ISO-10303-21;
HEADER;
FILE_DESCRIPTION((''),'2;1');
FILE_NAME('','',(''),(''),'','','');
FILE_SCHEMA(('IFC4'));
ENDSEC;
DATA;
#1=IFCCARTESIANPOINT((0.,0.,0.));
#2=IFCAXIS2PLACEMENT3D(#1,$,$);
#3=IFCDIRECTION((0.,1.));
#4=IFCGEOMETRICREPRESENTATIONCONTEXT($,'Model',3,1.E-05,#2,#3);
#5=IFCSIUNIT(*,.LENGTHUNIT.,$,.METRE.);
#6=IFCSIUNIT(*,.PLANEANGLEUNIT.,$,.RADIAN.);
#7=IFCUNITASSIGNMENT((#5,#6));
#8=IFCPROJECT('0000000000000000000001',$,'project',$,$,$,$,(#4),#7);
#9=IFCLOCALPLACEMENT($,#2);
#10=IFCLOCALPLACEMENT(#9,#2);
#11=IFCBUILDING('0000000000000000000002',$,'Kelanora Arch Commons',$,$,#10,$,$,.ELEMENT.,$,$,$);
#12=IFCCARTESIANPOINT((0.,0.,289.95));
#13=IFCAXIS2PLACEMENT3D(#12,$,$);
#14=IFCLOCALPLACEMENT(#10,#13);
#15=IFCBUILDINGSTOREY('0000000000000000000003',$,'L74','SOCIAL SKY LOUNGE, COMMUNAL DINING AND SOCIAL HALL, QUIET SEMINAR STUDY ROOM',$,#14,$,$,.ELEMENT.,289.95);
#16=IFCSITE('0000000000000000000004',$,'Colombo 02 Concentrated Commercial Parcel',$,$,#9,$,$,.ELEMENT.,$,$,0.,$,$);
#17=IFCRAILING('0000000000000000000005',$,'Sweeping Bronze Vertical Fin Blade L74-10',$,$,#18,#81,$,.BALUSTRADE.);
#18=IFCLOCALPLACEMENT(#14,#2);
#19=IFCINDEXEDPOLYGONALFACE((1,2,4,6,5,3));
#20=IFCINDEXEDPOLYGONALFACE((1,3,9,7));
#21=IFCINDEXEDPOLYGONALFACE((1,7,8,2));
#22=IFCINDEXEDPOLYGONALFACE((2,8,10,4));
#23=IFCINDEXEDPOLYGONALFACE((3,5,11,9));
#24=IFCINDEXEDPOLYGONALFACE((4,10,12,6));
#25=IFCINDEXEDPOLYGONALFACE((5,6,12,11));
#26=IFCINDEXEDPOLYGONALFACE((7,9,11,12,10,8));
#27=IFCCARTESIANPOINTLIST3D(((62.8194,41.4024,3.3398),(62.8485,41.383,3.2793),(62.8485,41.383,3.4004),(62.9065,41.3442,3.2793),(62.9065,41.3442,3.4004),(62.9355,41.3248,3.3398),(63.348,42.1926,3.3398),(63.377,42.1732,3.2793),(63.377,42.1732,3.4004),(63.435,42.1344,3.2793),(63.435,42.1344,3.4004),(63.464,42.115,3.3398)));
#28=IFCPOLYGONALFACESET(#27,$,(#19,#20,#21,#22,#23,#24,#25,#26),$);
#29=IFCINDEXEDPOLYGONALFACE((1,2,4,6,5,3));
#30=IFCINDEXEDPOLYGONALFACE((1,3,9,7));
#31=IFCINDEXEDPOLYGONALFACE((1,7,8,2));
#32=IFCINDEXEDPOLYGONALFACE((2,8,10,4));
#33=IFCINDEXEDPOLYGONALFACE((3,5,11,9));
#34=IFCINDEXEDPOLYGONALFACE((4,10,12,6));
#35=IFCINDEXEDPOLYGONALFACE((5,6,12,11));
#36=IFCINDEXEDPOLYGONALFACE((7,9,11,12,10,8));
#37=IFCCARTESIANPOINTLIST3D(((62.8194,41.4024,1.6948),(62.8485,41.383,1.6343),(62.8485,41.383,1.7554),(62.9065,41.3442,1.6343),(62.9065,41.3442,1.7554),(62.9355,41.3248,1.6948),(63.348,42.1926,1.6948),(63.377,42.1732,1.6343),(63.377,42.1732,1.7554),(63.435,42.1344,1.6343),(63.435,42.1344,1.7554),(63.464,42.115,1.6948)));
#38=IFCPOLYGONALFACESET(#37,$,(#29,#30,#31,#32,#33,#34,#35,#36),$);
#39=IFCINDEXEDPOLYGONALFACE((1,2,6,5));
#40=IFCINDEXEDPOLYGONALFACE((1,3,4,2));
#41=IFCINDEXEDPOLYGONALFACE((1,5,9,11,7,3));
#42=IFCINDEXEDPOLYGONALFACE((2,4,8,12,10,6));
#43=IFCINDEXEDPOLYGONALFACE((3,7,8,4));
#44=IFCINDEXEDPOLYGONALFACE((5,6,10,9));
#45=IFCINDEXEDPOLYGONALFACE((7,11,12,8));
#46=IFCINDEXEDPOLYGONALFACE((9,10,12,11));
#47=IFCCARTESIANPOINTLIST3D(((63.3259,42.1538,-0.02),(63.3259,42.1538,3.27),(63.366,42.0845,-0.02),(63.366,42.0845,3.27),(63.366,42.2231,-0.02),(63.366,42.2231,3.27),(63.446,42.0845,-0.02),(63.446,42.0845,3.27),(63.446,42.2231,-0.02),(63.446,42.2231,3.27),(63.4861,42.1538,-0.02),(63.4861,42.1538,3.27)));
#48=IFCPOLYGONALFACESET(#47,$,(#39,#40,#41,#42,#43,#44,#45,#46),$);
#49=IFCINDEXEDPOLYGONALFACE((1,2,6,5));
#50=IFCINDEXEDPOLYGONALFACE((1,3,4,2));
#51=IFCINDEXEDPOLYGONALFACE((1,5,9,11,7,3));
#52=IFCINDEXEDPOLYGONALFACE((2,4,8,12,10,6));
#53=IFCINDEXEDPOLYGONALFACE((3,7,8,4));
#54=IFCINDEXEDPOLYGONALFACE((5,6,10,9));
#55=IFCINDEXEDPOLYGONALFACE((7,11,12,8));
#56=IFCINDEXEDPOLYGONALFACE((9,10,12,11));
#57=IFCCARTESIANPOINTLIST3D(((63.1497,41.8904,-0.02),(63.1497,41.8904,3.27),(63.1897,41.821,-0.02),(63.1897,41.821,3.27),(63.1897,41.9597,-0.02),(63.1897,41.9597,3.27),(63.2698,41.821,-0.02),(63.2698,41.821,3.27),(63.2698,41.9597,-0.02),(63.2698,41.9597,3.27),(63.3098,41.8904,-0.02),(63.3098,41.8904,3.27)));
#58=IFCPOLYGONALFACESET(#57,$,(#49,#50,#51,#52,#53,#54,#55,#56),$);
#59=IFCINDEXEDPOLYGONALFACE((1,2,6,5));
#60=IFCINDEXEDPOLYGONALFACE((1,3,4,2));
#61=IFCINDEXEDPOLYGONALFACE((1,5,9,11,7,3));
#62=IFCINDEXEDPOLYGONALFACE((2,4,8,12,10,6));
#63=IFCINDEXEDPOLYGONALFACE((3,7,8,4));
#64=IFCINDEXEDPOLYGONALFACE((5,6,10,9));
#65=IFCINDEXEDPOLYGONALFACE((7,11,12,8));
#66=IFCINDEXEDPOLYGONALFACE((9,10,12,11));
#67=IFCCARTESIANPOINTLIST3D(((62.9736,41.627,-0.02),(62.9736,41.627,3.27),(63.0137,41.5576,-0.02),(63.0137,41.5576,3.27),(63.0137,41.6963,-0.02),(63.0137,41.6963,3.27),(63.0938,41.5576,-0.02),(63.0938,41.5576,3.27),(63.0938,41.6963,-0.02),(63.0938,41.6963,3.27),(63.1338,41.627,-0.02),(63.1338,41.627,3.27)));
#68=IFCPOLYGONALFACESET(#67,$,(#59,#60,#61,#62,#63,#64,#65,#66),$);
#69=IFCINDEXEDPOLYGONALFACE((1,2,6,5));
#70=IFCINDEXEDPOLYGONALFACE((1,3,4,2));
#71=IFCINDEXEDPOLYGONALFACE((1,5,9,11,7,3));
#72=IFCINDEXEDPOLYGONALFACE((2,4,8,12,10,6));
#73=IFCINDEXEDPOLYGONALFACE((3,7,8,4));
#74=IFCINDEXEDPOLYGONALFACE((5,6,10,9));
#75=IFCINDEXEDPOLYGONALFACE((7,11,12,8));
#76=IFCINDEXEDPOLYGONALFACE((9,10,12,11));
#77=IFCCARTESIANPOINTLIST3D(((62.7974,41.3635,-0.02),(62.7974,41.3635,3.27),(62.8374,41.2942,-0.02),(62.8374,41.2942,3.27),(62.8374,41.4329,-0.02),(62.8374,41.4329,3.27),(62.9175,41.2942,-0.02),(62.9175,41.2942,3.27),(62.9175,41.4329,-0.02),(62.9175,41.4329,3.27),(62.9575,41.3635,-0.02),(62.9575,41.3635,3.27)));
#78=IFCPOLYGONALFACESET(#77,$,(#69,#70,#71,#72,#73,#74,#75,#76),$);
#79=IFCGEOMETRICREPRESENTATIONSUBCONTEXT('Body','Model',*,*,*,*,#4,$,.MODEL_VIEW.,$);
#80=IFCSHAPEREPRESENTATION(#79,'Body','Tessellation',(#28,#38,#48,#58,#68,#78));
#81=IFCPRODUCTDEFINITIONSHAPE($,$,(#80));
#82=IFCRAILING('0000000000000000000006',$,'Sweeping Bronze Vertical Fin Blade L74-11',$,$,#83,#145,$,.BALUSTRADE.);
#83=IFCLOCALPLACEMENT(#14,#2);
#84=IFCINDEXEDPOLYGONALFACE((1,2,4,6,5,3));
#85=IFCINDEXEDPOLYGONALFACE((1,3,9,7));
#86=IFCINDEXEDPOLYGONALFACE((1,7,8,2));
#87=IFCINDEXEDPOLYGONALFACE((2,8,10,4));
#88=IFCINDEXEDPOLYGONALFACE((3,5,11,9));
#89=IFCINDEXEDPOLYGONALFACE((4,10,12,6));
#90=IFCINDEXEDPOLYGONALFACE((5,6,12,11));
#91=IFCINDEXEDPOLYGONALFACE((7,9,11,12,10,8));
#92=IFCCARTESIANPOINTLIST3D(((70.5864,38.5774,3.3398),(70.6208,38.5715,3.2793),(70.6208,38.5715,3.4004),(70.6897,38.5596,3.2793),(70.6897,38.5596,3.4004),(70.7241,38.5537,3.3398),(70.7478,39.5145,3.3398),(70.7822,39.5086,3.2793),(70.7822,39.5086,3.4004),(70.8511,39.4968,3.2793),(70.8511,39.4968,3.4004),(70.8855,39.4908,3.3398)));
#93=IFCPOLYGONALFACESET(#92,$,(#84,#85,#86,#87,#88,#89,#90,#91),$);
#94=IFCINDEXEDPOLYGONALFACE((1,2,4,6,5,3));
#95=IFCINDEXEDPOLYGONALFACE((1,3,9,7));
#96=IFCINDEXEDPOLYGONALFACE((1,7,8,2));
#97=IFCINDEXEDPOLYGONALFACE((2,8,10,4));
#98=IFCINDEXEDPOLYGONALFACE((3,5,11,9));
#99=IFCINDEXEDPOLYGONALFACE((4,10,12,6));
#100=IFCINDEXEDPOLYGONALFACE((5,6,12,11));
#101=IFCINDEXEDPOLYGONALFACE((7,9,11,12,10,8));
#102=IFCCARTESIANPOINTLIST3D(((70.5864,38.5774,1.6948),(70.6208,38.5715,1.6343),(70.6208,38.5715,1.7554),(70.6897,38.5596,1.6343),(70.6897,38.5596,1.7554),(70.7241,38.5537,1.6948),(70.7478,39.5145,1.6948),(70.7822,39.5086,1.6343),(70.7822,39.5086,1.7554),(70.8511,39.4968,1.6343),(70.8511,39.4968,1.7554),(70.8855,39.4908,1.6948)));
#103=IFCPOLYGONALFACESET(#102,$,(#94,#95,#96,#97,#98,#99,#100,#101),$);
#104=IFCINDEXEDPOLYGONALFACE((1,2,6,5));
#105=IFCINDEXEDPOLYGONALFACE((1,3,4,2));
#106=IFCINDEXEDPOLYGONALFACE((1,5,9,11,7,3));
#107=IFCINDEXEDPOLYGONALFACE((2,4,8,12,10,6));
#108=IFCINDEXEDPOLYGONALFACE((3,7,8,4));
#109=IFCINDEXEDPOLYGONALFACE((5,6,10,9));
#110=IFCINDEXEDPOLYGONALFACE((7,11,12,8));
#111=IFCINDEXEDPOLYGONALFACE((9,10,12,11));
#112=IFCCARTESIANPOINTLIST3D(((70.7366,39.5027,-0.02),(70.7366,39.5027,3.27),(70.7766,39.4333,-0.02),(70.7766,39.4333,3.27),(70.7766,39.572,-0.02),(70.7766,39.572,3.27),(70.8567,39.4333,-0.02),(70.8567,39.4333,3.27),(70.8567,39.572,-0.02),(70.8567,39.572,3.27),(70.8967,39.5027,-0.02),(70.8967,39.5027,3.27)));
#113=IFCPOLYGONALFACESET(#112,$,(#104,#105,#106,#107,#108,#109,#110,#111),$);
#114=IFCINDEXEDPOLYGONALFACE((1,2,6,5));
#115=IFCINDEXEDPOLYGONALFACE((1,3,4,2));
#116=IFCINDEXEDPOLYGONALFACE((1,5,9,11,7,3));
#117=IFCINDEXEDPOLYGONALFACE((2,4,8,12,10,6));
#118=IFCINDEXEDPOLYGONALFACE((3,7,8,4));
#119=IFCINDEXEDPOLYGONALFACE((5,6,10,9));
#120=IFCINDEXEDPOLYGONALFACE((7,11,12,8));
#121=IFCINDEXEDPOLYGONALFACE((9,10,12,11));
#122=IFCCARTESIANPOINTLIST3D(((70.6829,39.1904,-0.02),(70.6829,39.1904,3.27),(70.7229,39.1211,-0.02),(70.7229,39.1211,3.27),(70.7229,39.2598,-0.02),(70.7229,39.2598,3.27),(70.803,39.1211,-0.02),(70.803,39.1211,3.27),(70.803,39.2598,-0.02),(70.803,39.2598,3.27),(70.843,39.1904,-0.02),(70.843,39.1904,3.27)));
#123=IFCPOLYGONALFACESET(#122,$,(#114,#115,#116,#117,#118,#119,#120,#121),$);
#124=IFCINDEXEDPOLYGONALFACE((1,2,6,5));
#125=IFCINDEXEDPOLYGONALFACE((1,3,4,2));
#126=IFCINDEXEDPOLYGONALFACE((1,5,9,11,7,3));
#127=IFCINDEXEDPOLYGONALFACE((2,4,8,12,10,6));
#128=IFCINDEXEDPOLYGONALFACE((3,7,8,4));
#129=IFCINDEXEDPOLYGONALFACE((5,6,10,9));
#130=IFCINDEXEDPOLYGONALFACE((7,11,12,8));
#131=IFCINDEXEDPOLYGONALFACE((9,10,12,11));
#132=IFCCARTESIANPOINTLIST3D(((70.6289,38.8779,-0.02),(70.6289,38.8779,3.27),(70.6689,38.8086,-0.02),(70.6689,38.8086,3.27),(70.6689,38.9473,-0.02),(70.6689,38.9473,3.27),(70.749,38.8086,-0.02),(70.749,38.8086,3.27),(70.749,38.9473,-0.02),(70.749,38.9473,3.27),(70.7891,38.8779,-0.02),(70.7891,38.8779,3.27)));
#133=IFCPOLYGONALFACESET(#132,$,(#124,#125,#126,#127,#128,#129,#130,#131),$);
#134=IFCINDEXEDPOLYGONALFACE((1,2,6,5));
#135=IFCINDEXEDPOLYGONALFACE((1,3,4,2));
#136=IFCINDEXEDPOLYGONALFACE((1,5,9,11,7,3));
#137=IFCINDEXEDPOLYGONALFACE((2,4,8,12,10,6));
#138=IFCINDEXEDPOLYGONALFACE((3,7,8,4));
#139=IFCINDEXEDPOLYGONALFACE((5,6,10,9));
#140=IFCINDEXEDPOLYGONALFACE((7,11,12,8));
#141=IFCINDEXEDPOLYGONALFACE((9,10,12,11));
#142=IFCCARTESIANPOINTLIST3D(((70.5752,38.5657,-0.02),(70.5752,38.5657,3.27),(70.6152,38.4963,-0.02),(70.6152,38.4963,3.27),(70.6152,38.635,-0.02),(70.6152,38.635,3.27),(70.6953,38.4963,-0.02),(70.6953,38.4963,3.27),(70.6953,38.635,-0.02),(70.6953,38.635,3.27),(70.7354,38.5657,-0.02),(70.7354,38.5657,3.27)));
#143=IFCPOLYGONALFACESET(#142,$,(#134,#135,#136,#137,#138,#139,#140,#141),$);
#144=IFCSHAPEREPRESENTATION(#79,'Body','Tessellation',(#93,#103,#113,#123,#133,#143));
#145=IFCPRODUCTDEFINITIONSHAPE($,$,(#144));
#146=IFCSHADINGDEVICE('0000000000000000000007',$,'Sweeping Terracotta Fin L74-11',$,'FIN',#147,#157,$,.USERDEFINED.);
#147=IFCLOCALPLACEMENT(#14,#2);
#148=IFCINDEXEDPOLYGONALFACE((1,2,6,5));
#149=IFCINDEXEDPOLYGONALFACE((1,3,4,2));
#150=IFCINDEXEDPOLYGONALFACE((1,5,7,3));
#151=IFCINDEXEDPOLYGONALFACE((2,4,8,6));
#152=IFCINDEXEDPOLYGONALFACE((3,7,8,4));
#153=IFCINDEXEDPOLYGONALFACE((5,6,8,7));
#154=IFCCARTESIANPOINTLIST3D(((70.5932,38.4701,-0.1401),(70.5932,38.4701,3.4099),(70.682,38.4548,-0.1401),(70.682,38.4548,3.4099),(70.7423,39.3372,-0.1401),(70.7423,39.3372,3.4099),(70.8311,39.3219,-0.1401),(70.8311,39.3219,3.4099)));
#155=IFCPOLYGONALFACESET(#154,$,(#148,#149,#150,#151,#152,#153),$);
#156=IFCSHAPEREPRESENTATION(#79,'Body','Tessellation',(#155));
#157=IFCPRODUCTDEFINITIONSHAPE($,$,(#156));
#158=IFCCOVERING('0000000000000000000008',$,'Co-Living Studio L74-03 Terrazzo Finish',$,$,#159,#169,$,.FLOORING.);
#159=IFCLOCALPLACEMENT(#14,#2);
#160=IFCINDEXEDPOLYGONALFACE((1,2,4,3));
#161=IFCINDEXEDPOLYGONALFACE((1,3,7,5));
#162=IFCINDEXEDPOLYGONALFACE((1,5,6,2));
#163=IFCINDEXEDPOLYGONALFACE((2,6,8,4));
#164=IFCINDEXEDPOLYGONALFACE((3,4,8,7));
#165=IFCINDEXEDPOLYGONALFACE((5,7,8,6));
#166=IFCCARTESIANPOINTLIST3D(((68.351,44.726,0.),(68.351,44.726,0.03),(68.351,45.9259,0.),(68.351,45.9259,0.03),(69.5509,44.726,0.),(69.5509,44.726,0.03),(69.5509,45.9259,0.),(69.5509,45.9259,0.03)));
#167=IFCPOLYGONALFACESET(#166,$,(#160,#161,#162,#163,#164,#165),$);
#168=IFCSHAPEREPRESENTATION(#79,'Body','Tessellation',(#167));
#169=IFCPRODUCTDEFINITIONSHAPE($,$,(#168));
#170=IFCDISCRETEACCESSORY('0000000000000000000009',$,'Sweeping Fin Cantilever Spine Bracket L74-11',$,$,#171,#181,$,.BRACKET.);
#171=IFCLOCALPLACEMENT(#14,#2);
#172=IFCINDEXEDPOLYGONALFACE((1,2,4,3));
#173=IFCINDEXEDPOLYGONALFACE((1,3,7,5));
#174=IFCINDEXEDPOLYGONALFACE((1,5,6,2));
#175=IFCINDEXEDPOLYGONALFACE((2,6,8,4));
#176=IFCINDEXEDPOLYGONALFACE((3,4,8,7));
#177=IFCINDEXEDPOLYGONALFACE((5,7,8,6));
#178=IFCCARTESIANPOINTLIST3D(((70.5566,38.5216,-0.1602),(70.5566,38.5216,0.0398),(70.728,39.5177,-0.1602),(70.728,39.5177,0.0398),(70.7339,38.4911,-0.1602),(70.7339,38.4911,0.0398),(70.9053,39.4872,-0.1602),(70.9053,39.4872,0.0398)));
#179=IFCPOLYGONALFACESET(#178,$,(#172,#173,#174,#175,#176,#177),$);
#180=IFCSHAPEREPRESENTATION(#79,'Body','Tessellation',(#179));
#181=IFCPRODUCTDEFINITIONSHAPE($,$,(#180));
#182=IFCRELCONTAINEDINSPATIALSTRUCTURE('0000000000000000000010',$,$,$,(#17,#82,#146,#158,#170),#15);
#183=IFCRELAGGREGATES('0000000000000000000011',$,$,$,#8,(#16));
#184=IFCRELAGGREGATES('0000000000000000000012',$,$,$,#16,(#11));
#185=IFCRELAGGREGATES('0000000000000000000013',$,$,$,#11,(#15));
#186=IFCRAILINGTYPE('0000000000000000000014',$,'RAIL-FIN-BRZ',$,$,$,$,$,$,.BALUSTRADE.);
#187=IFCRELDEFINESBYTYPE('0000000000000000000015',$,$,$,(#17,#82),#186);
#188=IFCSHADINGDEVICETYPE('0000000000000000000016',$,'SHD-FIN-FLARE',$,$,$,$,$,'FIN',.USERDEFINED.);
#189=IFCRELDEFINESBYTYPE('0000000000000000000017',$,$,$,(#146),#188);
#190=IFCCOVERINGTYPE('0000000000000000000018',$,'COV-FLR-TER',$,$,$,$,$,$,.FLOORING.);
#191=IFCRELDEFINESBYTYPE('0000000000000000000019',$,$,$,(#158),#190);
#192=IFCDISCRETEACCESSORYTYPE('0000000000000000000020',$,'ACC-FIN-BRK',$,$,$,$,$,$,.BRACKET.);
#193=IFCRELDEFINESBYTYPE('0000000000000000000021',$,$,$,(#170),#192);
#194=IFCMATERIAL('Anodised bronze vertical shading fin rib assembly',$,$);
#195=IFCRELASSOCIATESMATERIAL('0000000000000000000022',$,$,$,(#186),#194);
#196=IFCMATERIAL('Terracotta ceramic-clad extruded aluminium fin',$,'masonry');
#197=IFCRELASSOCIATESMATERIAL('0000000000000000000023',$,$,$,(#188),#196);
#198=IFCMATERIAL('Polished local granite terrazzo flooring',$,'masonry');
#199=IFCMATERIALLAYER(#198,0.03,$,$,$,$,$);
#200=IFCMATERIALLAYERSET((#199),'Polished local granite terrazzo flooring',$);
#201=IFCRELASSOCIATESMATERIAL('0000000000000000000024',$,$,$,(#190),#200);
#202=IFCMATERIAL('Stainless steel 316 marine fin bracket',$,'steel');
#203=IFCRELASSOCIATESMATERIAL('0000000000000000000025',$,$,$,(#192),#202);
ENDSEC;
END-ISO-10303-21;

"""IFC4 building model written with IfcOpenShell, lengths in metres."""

from ifc_helpers import new_model, si_unit, direction, frame, origin, origin_2d, place, context, subcontext, project, spatial, polyline, rectangle, outline, extrude, source, transform, mapped, material, layer, layer_set, type_object, element, save


model = new_model("IFC4")

# Units and contexts
model_context = context("Model", 3, precision=1e-05, world=origin(), true_north=direction((0.0, 1.0)))
body_context = subcontext(model_context, "Body", "Model", "MODEL_VIEW")
ifc_project = project(units=[si_unit("LENGTHUNIT", "METRE"), si_unit("PLANEANGLEUNIT", "RADIAN")], contexts=[model_context])

# Site, building, storey
site_placement = place(None, origin())
site = spatial("IfcSite", under=ifc_project, at=site_placement, Name="Colombo 02 Concentrated Commercial Parcel", CompositionType="ELEMENT", RefElevation=0.0)
building_placement = place(site_placement, origin())
building = spatial("IfcBuilding", under=site, at=building_placement, Name="Kelanora Arch Commons", CompositionType="ELEMENT")
storey_placement = place(building_placement, frame((0.0, 0.0, 289.95)))
storey = spatial("IfcBuildingStorey", under=building, at=storey_placement, Name="L74", Description="SOCIAL SKY LOUNGE, COMMUNAL DINING AND SOCIAL HALL, QUIET SEMINAR STUDY ROOM", CompositionType="ELEMENT", Elevation=289.95)

# Railings
ifc_material_1 = material(Name="Anodised bronze vertical shading fin rib assembly")
railing_type = type_object("IfcRailingType", Name="RAIL-FIN-BRZ", PredefinedType="BALUSTRADE", material=ifc_material_1)
railing_1_placement = place(storey_placement, frame((63.406, 42.1538, -0.02)))
element("IfcRailing", 1, at=railing_1_placement, inside=storey, type_object=railing_type, Name="Sweeping Bronze Vertical Fin Blade L74-10", PredefinedType="BALUSTRADE", context=body_context, shape_type="SweptSolid", body=[
    extrude(outline(polyline([(0.0698, 0.0), (0.0349, 0.0605), (-0.0349, 0.0605), (-0.0698, 0.0), (-0.0349, -0.0605), (0.0349, -0.0605), (0.0698, 0.0)])), frame((0.0, 0.0, 3.3599), z_axis=(-0.555944, -0.83122, 0.0), x_axis=(0.83122, -0.555944, 0.0)), (0.0, 0.0, 1.0), 0.9507),
    extrude(outline(polyline([(0.0698, 0.0), (0.0349, 0.0605), (-0.0349, 0.0605), (-0.0698, 0.0), (-0.0349, -0.0605), (0.0349, -0.0605), (0.0698, 0.0)])), frame((0.0, 0.0, 1.7148), z_axis=(-0.555944, -0.83122, 0.0), x_axis=(0.83122, -0.555944, 0.0)), (0.0, 0.0, 1.0), 0.9507),
    extrude(outline(polyline([(0.0801, 0.0), (0.04, 0.0693), (-0.04, 0.0693), (-0.0801, 0.0), (-0.04, -0.0693), (0.04, -0.0693), (0.0801, 0.0)])), origin(), (0.0, 0.0, 1.0), 3.29),
    extrude(outline(polyline([(0.0801, 0.0), (0.04, 0.0693), (-0.04, 0.0693), (-0.0801, 0.0), (-0.04, -0.0693), (0.04, -0.0693), (0.0801, 0.0)])), frame((-0.1763, -0.2634, 0.0)), (0.0, 0.0, 1.0), 3.29),
    extrude(outline(polyline([(0.0801, 0.0), (0.04, 0.0693), (-0.04, 0.0693), (-0.0801, 0.0), (-0.04, -0.0693), (0.04, -0.0693), (0.0801, 0.0)])), frame((-0.3523, -0.5269, 0.0)), (0.0, 0.0, 1.0), 3.29),
    extrude(outline(polyline([(0.0801, 0.0), (0.04, 0.0693), (-0.04, 0.0693), (-0.0801, 0.0), (-0.04, -0.0693), (0.04, -0.0693), (0.0801, 0.0)])), frame((-0.5286, -0.7903, 0.0)), (0.0, 0.0, 1.0), 3.29),
])
railing_2_placement = place(storey_placement, frame((70.8167, 39.5027, -0.02)))
element("IfcRailing", 2, at=railing_2_placement, inside=storey, type_object=railing_type, Name="Sweeping Bronze Vertical Fin Blade L74-11", PredefinedType="BALUSTRADE", context=body_context, shape_type="SweptSolid", body=[
    extrude(outline(polyline([(0.0698, 0.0), (0.0349, 0.0605), (-0.0349, 0.0605), (-0.0698, 0.0), (-0.0349, -0.0605), (0.0349, -0.0605), (0.0698, 0.0)])), frame((0.0, 0.0, 3.3599), z_axis=(-0.169726, -0.985491, 0.0), x_axis=(0.985491, -0.169726, 0.0)), (0.0, 0.0, 1.0), 0.9509),
    extrude(outline(polyline([(0.0698, 0.0), (0.0349, 0.0605), (-0.0349, 0.0605), (-0.0698, 0.0), (-0.0349, -0.0605), (0.0349, -0.0605), (0.0698, 0.0)])), frame((0.0, 0.0, 1.7148), z_axis=(-0.169726, -0.985491, 0.0), x_axis=(0.985491, -0.169726, 0.0)), (0.0, 0.0, 1.0), 0.9509),
    extrude(outline(polyline([(0.0801, 0.0), (0.04, 0.0693), (-0.04, 0.0693), (-0.0801, 0.0), (-0.04, -0.0693), (0.04, -0.0693), (0.0801, 0.0)])), origin(), (0.0, 0.0, 1.0), 3.29),
    extrude(outline(polyline([(0.0801, 0.0), (0.04, 0.0693), (-0.04, 0.0693), (-0.0801, 0.0), (-0.04, -0.0693), (0.04, -0.0693), (0.0801, 0.0)])), frame((-0.0537, -0.3123, 0.0)), (0.0, 0.0, 1.0), 3.29),
    extrude(outline(polyline([(0.0801, 0.0), (0.04, 0.0693), (-0.04, 0.0693), (-0.0801, 0.0), (-0.04, -0.0693), (0.04, -0.0693), (0.0801, 0.0)])), frame((-0.1077, -0.6248, 0.0)), (0.0, 0.0, 1.0), 3.29),
    extrude(outline(polyline([(0.0801, 0.0), (0.04, 0.0693), (-0.04, 0.0693), (-0.0801, 0.0), (-0.04, -0.0693), (0.04, -0.0693), (0.0801, 0.0)])), frame((-0.1614, -0.937, 0.0)), (0.0, 0.0, 1.0), 3.29),
])

# Shading device
ifc_material_2 = material(Name="Terracotta ceramic-clad extruded aluminium fin", Category="masonry")
shading_device_type = type_object("IfcShadingDeviceType", Name="SHD-FIN-FLARE", ElementType="FIN", PredefinedType="USERDEFINED", material=ifc_material_2)
shared_shape_1 = source(origin(), body_context, "Body", "SweptSolid", [
    extrude(rectangle(XDim=0.8799, YDim=0.0901, at=origin_2d()), origin(), (0.0, 0.0, 1.0), 3.55),
])
shading_device_placement = place(storey_placement, frame((70.7122, 38.896, -0.1401), z_axis=(0.0, 0.0, 1.0), x_axis=(-0.169522, -0.985526, 0.0)))
element("IfcShadingDevice", 3, at=shading_device_placement, inside=storey, type_object=shading_device_type, Name="Sweeping Terracotta Fin L74-11", ObjectType="FIN", PredefinedType="USERDEFINED", context=body_context, shape_type="MappedRepresentation", body=[
    mapped(shared_shape_1, transform((0.0, 0.0, 0.0), scale=1.0)),
])

# Covering
ifc_material_3 = material(Name="Polished local granite terrazzo flooring", Category="masonry")
ifc_layer_1 = layer(ifc_material_3, 0.03)
ifc_layer_set_1 = layer_set([ifc_layer_1], Name="Polished local granite terrazzo flooring")
covering_type = type_object("IfcCoveringType", Name="COV-FLR-TER", PredefinedType="FLOORING", material=ifc_layer_set_1)
shared_shape_2 = source(origin(), body_context, "Body", "SweptSolid", [
    extrude(rectangle(XDim=1.2, YDim=1.2, at=origin_2d()), origin(), (0.0, 0.0, 1.0), 0.03),
])
covering_placement = place(storey_placement, frame((68.9509, 45.3259, 0.0), z_axis=(0.0, 0.0, 1.0), x_axis=(1.0, 0.0, 0.0)))
element("IfcCovering", 4, at=covering_placement, inside=storey, type_object=covering_type, Name="Co-Living Studio L74-03 Terrazzo Finish", PredefinedType="FLOORING", context=body_context, shape_type="MappedRepresentation", body=[
    mapped(shared_shape_2, transform((0.0, 0.0, 0.0), scale=1.0)),
])

# Discrete accessory
ifc_material_4 = material(Name="Stainless steel 316 marine fin bracket", Category="steel")
discrete_accessory_type = type_object("IfcDiscreteAccessoryType", Name="ACC-FIN-BRK", PredefinedType="BRACKET", material=ifc_material_4)
shared_shape_3 = source(origin(), body_context, "Body", "SweptSolid", [
    extrude(rectangle(XDim=1.0107, YDim=0.1799, at=origin_2d()), origin(), (0.0, 0.0, 1.0), 0.2),
])
discrete_accessory_placement = place(storey_placement, frame((70.731, 39.0044, -0.1602), z_axis=(0.0, 0.0, 1.0), x_axis=(-0.169522, -0.985526, 0.0)))
element("IfcDiscreteAccessory", 5, at=discrete_accessory_placement, inside=storey, type_object=discrete_accessory_type, Name="Sweeping Fin Cantilever Spine Bracket L74-11", PredefinedType="BRACKET", context=body_context, shape_type="MappedRepresentation", body=[
    mapped(shared_shape_3, transform((0.0, 0.0, 0.0), scale=1.0)),
])

save(model, "model.ifc")
